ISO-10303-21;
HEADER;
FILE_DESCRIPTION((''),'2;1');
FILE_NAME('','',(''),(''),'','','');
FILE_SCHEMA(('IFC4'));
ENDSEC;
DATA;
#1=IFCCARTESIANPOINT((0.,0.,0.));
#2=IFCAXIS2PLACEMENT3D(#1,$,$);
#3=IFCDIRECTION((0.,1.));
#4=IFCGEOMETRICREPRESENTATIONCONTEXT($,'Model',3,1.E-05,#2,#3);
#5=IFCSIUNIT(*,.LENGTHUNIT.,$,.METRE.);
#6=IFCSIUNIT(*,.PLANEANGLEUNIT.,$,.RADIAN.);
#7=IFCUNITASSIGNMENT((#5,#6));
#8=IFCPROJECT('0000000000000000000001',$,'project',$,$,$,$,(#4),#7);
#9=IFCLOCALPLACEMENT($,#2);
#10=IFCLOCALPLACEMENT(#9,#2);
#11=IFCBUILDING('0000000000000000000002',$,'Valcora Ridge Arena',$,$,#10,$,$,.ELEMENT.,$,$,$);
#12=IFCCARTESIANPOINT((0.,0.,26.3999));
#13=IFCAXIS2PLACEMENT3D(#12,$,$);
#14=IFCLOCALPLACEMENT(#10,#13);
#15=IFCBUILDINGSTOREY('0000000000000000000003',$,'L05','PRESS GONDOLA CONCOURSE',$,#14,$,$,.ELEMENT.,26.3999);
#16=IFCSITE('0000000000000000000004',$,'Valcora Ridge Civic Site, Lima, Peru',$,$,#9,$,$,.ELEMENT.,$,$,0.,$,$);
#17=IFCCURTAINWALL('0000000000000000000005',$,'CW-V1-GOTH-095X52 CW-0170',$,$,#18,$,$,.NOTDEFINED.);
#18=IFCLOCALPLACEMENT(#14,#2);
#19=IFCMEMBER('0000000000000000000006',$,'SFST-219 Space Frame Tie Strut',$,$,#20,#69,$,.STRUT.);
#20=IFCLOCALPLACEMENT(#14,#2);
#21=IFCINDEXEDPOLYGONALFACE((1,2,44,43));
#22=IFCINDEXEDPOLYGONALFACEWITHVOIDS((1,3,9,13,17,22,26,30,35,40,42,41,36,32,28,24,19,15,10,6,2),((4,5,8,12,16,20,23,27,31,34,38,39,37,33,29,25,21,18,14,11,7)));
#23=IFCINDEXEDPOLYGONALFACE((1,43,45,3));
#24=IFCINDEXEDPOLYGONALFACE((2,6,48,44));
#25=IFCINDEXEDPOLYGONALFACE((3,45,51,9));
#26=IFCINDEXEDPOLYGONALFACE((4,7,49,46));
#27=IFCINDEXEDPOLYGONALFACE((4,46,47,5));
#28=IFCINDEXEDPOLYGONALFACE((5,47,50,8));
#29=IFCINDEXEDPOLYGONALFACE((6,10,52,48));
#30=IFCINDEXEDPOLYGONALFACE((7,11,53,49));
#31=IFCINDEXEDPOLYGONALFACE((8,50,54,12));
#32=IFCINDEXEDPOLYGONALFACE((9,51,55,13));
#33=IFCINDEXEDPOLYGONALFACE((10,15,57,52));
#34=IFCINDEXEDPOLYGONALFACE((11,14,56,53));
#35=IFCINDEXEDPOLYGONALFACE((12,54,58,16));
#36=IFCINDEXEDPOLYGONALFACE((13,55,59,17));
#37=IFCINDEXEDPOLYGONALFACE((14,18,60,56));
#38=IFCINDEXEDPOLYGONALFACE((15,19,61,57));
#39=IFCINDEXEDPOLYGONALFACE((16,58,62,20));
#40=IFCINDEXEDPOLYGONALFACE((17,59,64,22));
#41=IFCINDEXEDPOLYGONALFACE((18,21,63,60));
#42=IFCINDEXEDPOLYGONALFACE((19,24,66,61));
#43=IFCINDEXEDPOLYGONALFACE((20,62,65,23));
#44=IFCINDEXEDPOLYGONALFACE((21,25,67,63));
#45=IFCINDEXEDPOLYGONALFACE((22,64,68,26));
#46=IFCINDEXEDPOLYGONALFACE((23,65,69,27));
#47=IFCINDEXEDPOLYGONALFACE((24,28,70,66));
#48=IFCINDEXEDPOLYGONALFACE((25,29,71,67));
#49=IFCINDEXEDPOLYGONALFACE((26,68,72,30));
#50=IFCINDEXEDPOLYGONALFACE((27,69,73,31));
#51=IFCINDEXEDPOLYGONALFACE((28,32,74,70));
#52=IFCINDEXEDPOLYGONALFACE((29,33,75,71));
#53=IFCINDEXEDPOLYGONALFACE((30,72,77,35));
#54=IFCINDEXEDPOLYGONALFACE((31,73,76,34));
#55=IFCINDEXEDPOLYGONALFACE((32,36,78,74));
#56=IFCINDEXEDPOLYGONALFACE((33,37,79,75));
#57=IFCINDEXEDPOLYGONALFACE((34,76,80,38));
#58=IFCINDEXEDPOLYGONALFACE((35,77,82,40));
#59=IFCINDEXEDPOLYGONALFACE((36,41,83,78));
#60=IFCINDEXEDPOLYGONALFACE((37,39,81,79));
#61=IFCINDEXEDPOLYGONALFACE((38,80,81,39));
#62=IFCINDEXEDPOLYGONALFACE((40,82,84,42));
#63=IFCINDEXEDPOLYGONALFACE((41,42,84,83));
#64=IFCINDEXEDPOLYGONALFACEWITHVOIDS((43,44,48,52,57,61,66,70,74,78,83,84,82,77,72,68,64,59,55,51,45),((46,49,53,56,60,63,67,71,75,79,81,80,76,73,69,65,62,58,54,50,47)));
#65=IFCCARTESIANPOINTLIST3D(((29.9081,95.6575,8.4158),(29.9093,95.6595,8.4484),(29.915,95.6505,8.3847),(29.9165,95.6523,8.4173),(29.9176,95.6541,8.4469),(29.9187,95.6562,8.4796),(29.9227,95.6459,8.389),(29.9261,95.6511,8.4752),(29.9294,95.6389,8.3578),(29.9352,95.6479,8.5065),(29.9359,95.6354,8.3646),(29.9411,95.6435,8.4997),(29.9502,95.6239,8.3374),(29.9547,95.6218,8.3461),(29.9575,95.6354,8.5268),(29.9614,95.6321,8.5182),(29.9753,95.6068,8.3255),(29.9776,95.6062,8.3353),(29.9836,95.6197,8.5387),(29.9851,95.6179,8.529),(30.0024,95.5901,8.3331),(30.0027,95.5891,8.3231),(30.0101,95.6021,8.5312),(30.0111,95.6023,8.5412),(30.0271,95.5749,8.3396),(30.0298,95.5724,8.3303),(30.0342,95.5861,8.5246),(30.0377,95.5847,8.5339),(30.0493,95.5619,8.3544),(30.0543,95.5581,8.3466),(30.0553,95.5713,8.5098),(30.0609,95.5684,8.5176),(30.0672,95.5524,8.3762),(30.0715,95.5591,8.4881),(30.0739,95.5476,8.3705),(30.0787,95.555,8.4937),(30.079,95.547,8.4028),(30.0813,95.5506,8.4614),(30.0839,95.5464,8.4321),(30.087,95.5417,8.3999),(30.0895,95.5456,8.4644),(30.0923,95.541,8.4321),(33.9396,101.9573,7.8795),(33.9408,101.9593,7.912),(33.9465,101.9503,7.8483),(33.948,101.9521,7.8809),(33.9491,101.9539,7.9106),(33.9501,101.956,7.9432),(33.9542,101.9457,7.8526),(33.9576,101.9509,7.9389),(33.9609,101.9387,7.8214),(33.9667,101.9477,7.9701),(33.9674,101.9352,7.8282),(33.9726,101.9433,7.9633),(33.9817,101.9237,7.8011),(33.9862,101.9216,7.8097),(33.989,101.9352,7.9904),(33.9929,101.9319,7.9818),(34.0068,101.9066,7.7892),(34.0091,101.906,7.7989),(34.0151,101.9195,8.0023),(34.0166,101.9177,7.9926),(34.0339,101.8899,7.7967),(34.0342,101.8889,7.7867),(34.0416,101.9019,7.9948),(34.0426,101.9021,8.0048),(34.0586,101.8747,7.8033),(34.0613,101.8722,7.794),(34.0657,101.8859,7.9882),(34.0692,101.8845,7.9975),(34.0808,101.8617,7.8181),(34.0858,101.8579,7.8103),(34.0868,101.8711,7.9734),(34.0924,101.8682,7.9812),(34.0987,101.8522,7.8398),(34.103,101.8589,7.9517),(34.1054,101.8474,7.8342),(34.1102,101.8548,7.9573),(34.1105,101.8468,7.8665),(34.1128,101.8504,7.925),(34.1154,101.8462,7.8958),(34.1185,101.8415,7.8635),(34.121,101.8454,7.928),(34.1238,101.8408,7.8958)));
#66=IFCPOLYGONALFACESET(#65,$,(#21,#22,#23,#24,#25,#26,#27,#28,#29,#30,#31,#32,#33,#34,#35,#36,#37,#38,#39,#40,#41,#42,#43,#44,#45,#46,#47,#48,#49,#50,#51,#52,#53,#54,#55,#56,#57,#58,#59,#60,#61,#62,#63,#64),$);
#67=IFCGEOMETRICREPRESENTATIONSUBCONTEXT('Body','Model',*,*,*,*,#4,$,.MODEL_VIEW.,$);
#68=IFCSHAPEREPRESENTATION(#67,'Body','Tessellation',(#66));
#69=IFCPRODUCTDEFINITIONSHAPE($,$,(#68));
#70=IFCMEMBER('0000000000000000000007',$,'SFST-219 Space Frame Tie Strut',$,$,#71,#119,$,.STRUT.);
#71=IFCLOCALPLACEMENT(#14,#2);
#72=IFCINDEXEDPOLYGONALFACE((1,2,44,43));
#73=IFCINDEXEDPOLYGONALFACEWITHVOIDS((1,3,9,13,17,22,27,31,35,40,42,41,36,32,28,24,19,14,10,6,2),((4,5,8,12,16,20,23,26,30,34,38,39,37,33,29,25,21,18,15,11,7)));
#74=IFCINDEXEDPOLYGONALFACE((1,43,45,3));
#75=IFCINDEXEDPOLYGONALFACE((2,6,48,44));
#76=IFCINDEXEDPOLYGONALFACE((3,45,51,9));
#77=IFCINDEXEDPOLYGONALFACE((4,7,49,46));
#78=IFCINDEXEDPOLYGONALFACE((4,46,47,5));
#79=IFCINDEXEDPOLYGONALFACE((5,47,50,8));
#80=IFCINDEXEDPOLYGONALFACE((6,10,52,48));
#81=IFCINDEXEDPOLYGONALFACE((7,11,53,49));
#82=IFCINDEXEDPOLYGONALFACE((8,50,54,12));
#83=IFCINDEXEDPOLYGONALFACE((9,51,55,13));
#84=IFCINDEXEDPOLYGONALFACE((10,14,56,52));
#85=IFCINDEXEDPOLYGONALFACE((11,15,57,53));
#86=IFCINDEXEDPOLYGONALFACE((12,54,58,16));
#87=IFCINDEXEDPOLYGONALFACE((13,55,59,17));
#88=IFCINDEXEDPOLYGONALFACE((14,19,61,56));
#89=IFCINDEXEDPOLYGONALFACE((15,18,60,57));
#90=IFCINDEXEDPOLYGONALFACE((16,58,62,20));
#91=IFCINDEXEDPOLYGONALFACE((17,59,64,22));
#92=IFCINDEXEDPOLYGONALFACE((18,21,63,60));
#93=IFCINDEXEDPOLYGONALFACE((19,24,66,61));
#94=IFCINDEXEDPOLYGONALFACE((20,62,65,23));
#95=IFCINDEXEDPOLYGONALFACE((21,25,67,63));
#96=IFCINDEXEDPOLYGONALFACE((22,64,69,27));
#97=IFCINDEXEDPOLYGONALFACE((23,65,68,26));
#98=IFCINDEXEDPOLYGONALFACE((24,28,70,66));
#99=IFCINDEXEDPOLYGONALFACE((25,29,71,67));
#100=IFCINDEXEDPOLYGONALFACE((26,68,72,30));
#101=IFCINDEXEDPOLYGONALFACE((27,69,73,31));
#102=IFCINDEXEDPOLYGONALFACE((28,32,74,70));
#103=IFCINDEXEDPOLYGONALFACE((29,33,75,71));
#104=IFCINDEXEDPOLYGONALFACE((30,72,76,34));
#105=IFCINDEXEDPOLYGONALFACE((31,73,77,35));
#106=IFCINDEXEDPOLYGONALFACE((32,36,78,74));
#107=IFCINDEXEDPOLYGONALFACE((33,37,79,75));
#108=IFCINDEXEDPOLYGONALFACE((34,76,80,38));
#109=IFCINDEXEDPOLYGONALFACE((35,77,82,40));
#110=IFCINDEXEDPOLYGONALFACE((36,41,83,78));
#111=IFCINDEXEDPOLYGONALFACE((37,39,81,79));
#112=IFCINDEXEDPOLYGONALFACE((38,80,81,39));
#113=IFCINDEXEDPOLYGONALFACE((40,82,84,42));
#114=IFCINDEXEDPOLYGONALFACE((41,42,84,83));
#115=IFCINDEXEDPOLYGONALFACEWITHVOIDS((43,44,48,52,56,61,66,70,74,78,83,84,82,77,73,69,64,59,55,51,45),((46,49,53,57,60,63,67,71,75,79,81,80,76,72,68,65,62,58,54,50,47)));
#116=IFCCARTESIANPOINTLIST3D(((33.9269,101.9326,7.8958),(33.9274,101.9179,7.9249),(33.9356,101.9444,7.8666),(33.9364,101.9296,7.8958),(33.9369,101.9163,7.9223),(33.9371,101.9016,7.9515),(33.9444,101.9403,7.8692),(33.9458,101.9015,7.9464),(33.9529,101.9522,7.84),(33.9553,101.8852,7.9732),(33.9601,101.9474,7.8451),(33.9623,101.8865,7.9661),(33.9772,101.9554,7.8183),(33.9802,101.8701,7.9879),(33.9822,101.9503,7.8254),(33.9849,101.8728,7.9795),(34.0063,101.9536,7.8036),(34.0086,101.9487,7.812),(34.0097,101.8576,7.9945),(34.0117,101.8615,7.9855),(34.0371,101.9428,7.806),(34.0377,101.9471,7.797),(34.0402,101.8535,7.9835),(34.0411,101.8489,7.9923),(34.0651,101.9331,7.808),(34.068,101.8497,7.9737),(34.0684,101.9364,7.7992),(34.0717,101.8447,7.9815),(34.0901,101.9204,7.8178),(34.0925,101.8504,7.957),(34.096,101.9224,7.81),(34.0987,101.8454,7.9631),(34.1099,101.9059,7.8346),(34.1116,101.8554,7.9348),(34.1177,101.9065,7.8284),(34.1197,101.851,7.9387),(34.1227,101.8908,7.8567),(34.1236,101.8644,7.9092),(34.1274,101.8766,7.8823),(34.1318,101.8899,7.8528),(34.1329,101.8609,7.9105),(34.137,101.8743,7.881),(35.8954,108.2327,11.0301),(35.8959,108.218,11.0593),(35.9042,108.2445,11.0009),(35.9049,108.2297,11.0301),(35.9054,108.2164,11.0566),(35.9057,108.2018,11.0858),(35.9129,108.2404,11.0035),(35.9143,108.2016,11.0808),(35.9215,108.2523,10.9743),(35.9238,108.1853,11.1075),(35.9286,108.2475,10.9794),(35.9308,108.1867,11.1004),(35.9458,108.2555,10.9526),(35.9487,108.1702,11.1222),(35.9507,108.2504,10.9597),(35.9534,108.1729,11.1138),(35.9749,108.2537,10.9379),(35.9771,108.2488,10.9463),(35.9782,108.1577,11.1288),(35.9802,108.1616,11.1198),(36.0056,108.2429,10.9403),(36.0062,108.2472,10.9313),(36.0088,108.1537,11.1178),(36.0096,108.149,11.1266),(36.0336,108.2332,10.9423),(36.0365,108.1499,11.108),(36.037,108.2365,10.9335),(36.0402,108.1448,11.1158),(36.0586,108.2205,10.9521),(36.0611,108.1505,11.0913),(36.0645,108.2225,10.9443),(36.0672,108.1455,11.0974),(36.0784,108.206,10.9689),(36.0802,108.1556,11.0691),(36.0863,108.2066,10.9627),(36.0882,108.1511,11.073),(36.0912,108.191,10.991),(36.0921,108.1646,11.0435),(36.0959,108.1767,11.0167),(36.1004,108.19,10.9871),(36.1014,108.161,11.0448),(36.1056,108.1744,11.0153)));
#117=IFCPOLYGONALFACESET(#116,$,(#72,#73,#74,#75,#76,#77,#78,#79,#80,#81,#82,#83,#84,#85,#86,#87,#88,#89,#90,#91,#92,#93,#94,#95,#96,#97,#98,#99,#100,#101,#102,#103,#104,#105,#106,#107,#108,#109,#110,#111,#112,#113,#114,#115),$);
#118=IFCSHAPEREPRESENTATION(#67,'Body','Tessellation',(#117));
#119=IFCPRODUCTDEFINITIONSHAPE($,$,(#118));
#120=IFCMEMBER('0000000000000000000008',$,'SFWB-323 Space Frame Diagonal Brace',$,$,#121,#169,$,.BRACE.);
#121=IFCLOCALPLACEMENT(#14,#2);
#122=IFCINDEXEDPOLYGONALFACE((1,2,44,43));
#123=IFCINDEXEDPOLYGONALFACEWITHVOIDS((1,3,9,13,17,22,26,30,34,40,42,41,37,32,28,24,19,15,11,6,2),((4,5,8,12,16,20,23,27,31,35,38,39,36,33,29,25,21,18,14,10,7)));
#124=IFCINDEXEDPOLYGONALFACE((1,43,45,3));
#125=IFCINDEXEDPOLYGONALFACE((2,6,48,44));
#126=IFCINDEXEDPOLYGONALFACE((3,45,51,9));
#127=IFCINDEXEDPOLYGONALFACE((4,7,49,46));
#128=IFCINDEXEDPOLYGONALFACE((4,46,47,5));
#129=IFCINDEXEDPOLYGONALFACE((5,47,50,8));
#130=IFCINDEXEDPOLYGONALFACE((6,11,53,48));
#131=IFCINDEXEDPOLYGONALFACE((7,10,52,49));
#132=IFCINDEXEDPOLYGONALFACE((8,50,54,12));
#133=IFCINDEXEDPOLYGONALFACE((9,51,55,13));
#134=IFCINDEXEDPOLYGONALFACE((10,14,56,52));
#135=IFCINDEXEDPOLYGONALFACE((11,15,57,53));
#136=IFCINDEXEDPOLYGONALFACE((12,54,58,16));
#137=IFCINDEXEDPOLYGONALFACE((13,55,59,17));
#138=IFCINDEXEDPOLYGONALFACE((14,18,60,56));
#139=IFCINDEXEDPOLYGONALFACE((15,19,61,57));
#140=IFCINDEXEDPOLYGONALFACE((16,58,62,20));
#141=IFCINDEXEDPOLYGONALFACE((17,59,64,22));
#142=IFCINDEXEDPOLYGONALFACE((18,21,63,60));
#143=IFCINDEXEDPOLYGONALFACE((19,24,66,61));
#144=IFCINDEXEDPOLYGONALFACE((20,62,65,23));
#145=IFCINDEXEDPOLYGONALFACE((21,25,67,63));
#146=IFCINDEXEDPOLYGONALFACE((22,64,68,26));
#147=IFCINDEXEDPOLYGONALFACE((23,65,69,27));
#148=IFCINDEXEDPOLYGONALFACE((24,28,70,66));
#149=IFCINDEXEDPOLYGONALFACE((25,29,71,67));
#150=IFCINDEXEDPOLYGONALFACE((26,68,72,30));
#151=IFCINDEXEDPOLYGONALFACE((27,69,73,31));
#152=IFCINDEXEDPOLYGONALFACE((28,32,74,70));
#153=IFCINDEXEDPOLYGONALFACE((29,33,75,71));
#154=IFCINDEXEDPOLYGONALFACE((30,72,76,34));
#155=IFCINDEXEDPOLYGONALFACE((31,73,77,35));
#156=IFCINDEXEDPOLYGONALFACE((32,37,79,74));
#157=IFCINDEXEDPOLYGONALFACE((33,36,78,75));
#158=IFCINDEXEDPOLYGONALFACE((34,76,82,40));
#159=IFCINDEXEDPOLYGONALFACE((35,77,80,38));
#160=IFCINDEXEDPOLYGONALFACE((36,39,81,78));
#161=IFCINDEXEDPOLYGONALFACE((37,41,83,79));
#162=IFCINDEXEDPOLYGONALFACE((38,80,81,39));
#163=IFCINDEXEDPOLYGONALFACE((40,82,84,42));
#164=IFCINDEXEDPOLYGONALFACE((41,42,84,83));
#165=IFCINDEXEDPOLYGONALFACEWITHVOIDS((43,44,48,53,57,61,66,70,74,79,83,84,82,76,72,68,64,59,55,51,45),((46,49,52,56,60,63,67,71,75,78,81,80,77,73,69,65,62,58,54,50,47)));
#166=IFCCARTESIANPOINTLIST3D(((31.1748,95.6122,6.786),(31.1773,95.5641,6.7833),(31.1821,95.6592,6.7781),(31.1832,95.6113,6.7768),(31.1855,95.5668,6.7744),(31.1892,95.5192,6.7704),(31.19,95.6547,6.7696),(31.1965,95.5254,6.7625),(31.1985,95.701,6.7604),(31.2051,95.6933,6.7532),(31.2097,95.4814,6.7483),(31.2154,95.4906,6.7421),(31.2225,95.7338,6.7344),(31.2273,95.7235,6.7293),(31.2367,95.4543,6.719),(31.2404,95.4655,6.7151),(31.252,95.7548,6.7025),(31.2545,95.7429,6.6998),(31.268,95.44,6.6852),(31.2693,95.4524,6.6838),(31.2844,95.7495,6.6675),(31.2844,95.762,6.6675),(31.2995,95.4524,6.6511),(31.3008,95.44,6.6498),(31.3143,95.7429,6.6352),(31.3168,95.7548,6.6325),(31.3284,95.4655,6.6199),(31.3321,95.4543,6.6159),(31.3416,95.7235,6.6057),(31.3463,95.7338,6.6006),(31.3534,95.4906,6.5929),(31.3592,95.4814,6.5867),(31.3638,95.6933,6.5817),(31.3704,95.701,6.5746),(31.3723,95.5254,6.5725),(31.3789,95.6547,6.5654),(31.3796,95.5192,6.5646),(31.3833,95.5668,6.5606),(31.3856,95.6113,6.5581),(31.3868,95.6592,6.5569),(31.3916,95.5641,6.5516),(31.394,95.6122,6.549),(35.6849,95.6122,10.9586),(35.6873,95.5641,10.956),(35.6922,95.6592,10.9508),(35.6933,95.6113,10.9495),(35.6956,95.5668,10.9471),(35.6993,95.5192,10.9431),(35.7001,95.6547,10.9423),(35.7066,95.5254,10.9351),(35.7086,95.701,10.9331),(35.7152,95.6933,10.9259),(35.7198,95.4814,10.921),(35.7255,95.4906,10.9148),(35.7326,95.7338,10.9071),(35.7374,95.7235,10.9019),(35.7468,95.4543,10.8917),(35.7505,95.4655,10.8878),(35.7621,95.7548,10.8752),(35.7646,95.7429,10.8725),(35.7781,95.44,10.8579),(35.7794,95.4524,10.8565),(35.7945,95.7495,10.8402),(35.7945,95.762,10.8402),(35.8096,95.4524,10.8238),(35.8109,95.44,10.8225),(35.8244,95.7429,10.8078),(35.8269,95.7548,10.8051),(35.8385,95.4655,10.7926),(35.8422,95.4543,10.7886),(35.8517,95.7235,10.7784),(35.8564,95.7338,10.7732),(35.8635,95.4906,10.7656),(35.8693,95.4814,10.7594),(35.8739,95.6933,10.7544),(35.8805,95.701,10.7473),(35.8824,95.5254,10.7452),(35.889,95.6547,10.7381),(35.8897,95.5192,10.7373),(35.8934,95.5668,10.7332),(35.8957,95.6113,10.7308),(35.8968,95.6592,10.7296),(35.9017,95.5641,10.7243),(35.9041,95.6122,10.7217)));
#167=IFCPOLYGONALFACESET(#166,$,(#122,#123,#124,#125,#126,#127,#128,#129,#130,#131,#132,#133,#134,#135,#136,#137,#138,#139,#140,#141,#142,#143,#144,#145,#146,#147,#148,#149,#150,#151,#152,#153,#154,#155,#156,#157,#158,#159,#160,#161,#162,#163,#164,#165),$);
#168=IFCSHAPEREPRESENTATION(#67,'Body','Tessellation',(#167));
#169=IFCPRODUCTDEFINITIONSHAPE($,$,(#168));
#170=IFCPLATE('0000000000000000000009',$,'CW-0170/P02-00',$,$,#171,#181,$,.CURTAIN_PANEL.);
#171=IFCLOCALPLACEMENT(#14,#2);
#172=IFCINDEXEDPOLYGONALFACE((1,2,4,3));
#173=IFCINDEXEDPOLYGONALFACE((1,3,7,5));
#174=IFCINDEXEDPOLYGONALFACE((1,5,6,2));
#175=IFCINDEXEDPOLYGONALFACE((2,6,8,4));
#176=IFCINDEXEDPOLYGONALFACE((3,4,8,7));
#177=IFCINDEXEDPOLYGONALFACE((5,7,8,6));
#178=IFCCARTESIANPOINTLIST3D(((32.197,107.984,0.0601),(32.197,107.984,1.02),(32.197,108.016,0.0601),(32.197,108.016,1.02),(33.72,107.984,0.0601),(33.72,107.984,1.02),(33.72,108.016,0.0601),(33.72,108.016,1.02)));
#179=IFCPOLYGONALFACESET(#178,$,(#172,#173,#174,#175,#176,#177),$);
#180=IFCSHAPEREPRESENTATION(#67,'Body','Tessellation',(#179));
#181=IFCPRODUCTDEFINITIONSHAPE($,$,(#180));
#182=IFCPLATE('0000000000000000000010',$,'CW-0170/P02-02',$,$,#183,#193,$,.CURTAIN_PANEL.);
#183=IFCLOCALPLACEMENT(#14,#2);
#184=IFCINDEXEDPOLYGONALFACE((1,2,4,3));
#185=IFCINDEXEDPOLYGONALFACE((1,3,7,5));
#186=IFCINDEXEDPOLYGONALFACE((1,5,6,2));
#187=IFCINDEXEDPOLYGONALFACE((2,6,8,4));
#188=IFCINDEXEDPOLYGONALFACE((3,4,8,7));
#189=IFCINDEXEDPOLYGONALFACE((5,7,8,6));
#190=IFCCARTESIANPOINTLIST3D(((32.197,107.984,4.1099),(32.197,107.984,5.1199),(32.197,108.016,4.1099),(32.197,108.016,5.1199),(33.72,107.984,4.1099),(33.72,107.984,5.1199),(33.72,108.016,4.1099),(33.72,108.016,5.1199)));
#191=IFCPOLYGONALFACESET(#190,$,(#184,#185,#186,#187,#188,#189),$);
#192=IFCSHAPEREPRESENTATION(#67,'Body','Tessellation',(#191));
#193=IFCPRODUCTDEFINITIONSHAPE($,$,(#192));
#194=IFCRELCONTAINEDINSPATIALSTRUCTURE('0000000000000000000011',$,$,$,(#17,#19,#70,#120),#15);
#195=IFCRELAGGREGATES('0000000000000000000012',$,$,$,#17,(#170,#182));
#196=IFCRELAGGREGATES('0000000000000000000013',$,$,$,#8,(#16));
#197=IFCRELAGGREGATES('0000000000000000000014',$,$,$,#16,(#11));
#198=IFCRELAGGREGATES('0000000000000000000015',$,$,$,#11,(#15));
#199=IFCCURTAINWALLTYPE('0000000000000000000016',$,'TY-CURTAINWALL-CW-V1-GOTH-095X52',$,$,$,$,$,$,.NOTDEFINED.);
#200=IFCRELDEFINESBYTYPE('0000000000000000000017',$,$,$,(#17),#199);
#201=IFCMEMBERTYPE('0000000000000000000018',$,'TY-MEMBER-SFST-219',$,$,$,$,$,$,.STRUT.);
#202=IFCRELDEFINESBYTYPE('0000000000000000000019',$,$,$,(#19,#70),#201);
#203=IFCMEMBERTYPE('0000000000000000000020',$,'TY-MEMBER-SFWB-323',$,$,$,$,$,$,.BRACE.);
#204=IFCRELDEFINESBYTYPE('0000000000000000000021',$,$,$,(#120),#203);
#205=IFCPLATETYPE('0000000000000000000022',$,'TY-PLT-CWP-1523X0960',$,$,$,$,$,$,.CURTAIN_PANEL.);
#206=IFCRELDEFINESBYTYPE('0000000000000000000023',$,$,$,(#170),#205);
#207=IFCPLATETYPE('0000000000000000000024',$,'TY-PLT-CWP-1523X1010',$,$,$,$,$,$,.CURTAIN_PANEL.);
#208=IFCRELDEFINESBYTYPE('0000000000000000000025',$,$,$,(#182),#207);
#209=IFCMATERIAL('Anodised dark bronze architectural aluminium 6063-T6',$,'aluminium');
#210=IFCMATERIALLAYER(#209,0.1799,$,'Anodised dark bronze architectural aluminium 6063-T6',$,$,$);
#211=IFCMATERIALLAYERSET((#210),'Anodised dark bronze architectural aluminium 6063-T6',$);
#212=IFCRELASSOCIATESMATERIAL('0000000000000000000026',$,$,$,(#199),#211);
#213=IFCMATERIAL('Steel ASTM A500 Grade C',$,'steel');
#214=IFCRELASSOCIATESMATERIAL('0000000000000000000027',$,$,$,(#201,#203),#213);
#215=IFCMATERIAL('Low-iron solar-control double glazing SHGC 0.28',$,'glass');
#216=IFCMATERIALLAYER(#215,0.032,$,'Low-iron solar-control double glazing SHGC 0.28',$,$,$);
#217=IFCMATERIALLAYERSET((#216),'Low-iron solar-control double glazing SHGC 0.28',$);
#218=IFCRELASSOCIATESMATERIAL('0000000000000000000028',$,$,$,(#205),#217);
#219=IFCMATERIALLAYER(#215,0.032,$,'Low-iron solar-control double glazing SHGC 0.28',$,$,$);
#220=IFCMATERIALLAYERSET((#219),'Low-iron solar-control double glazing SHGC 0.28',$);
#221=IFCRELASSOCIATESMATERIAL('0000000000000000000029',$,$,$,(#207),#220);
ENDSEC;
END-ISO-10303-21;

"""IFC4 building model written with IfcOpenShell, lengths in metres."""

from ifc_helpers import new_model, si_unit, direction, frame, origin, origin_2d, place, context, subcontext, project, spatial, rectangle, hollow_circle, extrude, material, layer, layer_set, material_profile, profile_set, type_object, element, aggregate, save


model = new_model("IFC4")

# Units and contexts
model_context = context("Model", 3, precision=1e-05, world=origin(), true_north=direction((0.0, 1.0)))
body_context = subcontext(model_context, "Body", "Model", "MODEL_VIEW")
ifc_project = project(units=[si_unit("LENGTHUNIT", "METRE"), si_unit("PLANEANGLEUNIT", "RADIAN")], contexts=[model_context])

# Site, building, storey
site_placement = place(None, origin())
site = spatial("IfcSite", under=ifc_project, at=site_placement, Name="Valcora Ridge Civic Site, Lima, Peru", CompositionType="ELEMENT", RefElevation=0.0)
building_placement = place(site_placement, origin())
building = spatial("IfcBuilding", under=site, at=building_placement, Name="Valcora Ridge Arena", CompositionType="ELEMENT")
storey_placement = place(building_placement, frame((0.0, 0.0, 26.3999)))
storey = spatial("IfcBuildingStorey", under=building, at=storey_placement, Name="L05", Description="PRESS GONDOLA CONCOURSE", CompositionType="ELEMENT", Elevation=26.3999)

# Curtain wall
ifc_material_1 = material(Name="Anodised dark bronze architectural aluminium 6063-T6", Category="aluminium")
ifc_layer_1 = layer(ifc_material_1, 0.1799, Name="Anodised dark bronze architectural aluminium 6063-T6")
ifc_layer_set_1 = layer_set([ifc_layer_1], Name="Anodised dark bronze architectural aluminium 6063-T6")
curtain_wall_type = type_object("IfcCurtainWallType", Name="TY-CURTAINWALL-CW-V1-GOTH-095X52", PredefinedType="NOTDEFINED", material=ifc_layer_set_1)
curtain_wall_placement = place(storey_placement, origin())
curtain_wall = element("IfcCurtainWall", 1, at=curtain_wall_placement, inside=storey, type_object=curtain_wall_type, Name="CW-V1-GOTH-095X52 CW-0170", PredefinedType="NOTDEFINED")

# Members
ifc_material_2 = material(Name="Steel ASTM A500 Grade C", Category="steel")
ifc_material_profile_1 = material_profile(ifc_material_2, hollow_circle(Radius=0.1096, WallThickness=0.01, at=origin_2d()), Name="CHS219X10")
ifc_profile_set_1 = profile_set([ifc_material_profile_1], Name="Steel ASTM A500 Grade C")
member_type_1 = type_object("IfcMemberType", Name="TY-MEMBER-SFST-219", PredefinedType="STRUT", material=ifc_profile_set_1)
member_1_placement = place(storey_placement, frame((34.0315, 101.8999, 7.8958), z_axis=(-0.537637, -0.840137, 0.071531), x_axis=(0.842295, -0.539018, 0.0)))
element("IfcMember", 2, at=member_1_placement, inside=storey, type_object=member_type_1, Name="SFST-219 Space Frame Tie Strut", PredefinedType="STRUT", context=body_context, shape_type="SweptSolid", body=[
    extrude(hollow_circle(Radius=0.1096, WallThickness=0.01, at=origin_2d()), origin(), (0.0, 0.0, 1.0), 7.4985),
])
member_2_placement = place(storey_placement, frame((34.0315, 101.8999, 7.8958), z_axis=(0.269407, 0.862217, 0.428953), x_axis=(-0.954491, 0.298239, 0.0)))
element("IfcMember", 3, at=member_2_placement, inside=storey, type_object=member_type_1, Name="SFST-219 Space Frame Tie Strut", PredefinedType="STRUT", context=body_context, shape_type="SweptSolid", body=[
    extrude(hollow_circle(Radius=0.1096, WallThickness=0.01, at=origin_2d()), origin(), (0.0, 0.0, 1.0), 7.3069),
])
ifc_material_profile_2 = material_profile(ifc_material_2, hollow_circle(Radius=0.1619, WallThickness=0.0125, at=origin_2d()), Name="CHS323X12")
ifc_profile_set_2 = profile_set([ifc_material_profile_2], Name="Steel ASTM A500 Grade C")
member_type_2 = type_object("IfcMemberType", Name="TY-MEMBER-SFWB-323", PredefinedType="BRACE", material=ifc_profile_set_2)
member_3_placement = place(storey_placement, frame((31.2844, 95.6001, 6.6675), z_axis=(0.734031, 0.0, 0.679116), x_axis=(0.0, 1.0, 0.0)))
element("IfcMember", 4, at=member_3_placement, inside=storey, type_object=member_type_2, Name="SFWB-323 Space Frame Diagonal Brace", PredefinedType="BRACE", context=body_context, shape_type="SweptSolid", body=[
    extrude(hollow_circle(Radius=0.1619, WallThickness=0.0125, at=origin_2d()), origin(), (0.0, 0.0, 1.0), 6.1443),
])

# Plates
ifc_material_3 = material(Name="Low-iron solar-control double glazing SHGC 0.28", Category="glass")
ifc_layer_2 = layer(ifc_material_3, 0.032, Name="Low-iron solar-control double glazing SHGC 0.28")
ifc_layer_set_2 = layer_set([ifc_layer_2], Name="Low-iron solar-control double glazing SHGC 0.28")
plate_type_1 = type_object("IfcPlateType", Name="TY-PLT-CWP-1523X0960", PredefinedType="CURTAIN_PANEL", material=ifc_layer_set_2)
plate_1_placement = place(storey_placement, frame((32.9585, 108.0, 0.0601), z_axis=(0.0, 0.0, 1.0), x_axis=(1.0, 0.0, 0.0)))
plate_1 = element("IfcPlate", 5, at=plate_1_placement, type_object=plate_type_1, Name="CW-0170/P02-00", PredefinedType="CURTAIN_PANEL", context=body_context, shape_type="SweptSolid", body=[
    extrude(rectangle(XDim=1.5229, YDim=0.032, at=origin_2d()), origin(), (0.0, 0.0, 1.0), 0.96),
])
ifc_layer_3 = layer(ifc_material_3, 0.032, Name="Low-iron solar-control double glazing SHGC 0.28")
ifc_layer_set_3 = layer_set([ifc_layer_3], Name="Low-iron solar-control double glazing SHGC 0.28")
plate_type_2 = type_object("IfcPlateType", Name="TY-PLT-CWP-1523X1010", PredefinedType="CURTAIN_PANEL", material=ifc_layer_set_3)
plate_2_placement = place(storey_placement, frame((32.9585, 108.0, 4.1099), z_axis=(0.0, 0.0, 1.0), x_axis=(1.0, 0.0, 0.0)))
plate_2 = element("IfcPlate", 6, at=plate_2_placement, type_object=plate_type_2, Name="CW-0170/P02-02", PredefinedType="CURTAIN_PANEL", context=body_context, shape_type="SweptSolid", body=[
    extrude(rectangle(XDim=1.5229, YDim=0.032, at=origin_2d()), origin(), (0.0, 0.0, 1.0), 1.01),
])
aggregate(curtain_wall, [plate_1, plate_2])

save(model, "model.ifc")
